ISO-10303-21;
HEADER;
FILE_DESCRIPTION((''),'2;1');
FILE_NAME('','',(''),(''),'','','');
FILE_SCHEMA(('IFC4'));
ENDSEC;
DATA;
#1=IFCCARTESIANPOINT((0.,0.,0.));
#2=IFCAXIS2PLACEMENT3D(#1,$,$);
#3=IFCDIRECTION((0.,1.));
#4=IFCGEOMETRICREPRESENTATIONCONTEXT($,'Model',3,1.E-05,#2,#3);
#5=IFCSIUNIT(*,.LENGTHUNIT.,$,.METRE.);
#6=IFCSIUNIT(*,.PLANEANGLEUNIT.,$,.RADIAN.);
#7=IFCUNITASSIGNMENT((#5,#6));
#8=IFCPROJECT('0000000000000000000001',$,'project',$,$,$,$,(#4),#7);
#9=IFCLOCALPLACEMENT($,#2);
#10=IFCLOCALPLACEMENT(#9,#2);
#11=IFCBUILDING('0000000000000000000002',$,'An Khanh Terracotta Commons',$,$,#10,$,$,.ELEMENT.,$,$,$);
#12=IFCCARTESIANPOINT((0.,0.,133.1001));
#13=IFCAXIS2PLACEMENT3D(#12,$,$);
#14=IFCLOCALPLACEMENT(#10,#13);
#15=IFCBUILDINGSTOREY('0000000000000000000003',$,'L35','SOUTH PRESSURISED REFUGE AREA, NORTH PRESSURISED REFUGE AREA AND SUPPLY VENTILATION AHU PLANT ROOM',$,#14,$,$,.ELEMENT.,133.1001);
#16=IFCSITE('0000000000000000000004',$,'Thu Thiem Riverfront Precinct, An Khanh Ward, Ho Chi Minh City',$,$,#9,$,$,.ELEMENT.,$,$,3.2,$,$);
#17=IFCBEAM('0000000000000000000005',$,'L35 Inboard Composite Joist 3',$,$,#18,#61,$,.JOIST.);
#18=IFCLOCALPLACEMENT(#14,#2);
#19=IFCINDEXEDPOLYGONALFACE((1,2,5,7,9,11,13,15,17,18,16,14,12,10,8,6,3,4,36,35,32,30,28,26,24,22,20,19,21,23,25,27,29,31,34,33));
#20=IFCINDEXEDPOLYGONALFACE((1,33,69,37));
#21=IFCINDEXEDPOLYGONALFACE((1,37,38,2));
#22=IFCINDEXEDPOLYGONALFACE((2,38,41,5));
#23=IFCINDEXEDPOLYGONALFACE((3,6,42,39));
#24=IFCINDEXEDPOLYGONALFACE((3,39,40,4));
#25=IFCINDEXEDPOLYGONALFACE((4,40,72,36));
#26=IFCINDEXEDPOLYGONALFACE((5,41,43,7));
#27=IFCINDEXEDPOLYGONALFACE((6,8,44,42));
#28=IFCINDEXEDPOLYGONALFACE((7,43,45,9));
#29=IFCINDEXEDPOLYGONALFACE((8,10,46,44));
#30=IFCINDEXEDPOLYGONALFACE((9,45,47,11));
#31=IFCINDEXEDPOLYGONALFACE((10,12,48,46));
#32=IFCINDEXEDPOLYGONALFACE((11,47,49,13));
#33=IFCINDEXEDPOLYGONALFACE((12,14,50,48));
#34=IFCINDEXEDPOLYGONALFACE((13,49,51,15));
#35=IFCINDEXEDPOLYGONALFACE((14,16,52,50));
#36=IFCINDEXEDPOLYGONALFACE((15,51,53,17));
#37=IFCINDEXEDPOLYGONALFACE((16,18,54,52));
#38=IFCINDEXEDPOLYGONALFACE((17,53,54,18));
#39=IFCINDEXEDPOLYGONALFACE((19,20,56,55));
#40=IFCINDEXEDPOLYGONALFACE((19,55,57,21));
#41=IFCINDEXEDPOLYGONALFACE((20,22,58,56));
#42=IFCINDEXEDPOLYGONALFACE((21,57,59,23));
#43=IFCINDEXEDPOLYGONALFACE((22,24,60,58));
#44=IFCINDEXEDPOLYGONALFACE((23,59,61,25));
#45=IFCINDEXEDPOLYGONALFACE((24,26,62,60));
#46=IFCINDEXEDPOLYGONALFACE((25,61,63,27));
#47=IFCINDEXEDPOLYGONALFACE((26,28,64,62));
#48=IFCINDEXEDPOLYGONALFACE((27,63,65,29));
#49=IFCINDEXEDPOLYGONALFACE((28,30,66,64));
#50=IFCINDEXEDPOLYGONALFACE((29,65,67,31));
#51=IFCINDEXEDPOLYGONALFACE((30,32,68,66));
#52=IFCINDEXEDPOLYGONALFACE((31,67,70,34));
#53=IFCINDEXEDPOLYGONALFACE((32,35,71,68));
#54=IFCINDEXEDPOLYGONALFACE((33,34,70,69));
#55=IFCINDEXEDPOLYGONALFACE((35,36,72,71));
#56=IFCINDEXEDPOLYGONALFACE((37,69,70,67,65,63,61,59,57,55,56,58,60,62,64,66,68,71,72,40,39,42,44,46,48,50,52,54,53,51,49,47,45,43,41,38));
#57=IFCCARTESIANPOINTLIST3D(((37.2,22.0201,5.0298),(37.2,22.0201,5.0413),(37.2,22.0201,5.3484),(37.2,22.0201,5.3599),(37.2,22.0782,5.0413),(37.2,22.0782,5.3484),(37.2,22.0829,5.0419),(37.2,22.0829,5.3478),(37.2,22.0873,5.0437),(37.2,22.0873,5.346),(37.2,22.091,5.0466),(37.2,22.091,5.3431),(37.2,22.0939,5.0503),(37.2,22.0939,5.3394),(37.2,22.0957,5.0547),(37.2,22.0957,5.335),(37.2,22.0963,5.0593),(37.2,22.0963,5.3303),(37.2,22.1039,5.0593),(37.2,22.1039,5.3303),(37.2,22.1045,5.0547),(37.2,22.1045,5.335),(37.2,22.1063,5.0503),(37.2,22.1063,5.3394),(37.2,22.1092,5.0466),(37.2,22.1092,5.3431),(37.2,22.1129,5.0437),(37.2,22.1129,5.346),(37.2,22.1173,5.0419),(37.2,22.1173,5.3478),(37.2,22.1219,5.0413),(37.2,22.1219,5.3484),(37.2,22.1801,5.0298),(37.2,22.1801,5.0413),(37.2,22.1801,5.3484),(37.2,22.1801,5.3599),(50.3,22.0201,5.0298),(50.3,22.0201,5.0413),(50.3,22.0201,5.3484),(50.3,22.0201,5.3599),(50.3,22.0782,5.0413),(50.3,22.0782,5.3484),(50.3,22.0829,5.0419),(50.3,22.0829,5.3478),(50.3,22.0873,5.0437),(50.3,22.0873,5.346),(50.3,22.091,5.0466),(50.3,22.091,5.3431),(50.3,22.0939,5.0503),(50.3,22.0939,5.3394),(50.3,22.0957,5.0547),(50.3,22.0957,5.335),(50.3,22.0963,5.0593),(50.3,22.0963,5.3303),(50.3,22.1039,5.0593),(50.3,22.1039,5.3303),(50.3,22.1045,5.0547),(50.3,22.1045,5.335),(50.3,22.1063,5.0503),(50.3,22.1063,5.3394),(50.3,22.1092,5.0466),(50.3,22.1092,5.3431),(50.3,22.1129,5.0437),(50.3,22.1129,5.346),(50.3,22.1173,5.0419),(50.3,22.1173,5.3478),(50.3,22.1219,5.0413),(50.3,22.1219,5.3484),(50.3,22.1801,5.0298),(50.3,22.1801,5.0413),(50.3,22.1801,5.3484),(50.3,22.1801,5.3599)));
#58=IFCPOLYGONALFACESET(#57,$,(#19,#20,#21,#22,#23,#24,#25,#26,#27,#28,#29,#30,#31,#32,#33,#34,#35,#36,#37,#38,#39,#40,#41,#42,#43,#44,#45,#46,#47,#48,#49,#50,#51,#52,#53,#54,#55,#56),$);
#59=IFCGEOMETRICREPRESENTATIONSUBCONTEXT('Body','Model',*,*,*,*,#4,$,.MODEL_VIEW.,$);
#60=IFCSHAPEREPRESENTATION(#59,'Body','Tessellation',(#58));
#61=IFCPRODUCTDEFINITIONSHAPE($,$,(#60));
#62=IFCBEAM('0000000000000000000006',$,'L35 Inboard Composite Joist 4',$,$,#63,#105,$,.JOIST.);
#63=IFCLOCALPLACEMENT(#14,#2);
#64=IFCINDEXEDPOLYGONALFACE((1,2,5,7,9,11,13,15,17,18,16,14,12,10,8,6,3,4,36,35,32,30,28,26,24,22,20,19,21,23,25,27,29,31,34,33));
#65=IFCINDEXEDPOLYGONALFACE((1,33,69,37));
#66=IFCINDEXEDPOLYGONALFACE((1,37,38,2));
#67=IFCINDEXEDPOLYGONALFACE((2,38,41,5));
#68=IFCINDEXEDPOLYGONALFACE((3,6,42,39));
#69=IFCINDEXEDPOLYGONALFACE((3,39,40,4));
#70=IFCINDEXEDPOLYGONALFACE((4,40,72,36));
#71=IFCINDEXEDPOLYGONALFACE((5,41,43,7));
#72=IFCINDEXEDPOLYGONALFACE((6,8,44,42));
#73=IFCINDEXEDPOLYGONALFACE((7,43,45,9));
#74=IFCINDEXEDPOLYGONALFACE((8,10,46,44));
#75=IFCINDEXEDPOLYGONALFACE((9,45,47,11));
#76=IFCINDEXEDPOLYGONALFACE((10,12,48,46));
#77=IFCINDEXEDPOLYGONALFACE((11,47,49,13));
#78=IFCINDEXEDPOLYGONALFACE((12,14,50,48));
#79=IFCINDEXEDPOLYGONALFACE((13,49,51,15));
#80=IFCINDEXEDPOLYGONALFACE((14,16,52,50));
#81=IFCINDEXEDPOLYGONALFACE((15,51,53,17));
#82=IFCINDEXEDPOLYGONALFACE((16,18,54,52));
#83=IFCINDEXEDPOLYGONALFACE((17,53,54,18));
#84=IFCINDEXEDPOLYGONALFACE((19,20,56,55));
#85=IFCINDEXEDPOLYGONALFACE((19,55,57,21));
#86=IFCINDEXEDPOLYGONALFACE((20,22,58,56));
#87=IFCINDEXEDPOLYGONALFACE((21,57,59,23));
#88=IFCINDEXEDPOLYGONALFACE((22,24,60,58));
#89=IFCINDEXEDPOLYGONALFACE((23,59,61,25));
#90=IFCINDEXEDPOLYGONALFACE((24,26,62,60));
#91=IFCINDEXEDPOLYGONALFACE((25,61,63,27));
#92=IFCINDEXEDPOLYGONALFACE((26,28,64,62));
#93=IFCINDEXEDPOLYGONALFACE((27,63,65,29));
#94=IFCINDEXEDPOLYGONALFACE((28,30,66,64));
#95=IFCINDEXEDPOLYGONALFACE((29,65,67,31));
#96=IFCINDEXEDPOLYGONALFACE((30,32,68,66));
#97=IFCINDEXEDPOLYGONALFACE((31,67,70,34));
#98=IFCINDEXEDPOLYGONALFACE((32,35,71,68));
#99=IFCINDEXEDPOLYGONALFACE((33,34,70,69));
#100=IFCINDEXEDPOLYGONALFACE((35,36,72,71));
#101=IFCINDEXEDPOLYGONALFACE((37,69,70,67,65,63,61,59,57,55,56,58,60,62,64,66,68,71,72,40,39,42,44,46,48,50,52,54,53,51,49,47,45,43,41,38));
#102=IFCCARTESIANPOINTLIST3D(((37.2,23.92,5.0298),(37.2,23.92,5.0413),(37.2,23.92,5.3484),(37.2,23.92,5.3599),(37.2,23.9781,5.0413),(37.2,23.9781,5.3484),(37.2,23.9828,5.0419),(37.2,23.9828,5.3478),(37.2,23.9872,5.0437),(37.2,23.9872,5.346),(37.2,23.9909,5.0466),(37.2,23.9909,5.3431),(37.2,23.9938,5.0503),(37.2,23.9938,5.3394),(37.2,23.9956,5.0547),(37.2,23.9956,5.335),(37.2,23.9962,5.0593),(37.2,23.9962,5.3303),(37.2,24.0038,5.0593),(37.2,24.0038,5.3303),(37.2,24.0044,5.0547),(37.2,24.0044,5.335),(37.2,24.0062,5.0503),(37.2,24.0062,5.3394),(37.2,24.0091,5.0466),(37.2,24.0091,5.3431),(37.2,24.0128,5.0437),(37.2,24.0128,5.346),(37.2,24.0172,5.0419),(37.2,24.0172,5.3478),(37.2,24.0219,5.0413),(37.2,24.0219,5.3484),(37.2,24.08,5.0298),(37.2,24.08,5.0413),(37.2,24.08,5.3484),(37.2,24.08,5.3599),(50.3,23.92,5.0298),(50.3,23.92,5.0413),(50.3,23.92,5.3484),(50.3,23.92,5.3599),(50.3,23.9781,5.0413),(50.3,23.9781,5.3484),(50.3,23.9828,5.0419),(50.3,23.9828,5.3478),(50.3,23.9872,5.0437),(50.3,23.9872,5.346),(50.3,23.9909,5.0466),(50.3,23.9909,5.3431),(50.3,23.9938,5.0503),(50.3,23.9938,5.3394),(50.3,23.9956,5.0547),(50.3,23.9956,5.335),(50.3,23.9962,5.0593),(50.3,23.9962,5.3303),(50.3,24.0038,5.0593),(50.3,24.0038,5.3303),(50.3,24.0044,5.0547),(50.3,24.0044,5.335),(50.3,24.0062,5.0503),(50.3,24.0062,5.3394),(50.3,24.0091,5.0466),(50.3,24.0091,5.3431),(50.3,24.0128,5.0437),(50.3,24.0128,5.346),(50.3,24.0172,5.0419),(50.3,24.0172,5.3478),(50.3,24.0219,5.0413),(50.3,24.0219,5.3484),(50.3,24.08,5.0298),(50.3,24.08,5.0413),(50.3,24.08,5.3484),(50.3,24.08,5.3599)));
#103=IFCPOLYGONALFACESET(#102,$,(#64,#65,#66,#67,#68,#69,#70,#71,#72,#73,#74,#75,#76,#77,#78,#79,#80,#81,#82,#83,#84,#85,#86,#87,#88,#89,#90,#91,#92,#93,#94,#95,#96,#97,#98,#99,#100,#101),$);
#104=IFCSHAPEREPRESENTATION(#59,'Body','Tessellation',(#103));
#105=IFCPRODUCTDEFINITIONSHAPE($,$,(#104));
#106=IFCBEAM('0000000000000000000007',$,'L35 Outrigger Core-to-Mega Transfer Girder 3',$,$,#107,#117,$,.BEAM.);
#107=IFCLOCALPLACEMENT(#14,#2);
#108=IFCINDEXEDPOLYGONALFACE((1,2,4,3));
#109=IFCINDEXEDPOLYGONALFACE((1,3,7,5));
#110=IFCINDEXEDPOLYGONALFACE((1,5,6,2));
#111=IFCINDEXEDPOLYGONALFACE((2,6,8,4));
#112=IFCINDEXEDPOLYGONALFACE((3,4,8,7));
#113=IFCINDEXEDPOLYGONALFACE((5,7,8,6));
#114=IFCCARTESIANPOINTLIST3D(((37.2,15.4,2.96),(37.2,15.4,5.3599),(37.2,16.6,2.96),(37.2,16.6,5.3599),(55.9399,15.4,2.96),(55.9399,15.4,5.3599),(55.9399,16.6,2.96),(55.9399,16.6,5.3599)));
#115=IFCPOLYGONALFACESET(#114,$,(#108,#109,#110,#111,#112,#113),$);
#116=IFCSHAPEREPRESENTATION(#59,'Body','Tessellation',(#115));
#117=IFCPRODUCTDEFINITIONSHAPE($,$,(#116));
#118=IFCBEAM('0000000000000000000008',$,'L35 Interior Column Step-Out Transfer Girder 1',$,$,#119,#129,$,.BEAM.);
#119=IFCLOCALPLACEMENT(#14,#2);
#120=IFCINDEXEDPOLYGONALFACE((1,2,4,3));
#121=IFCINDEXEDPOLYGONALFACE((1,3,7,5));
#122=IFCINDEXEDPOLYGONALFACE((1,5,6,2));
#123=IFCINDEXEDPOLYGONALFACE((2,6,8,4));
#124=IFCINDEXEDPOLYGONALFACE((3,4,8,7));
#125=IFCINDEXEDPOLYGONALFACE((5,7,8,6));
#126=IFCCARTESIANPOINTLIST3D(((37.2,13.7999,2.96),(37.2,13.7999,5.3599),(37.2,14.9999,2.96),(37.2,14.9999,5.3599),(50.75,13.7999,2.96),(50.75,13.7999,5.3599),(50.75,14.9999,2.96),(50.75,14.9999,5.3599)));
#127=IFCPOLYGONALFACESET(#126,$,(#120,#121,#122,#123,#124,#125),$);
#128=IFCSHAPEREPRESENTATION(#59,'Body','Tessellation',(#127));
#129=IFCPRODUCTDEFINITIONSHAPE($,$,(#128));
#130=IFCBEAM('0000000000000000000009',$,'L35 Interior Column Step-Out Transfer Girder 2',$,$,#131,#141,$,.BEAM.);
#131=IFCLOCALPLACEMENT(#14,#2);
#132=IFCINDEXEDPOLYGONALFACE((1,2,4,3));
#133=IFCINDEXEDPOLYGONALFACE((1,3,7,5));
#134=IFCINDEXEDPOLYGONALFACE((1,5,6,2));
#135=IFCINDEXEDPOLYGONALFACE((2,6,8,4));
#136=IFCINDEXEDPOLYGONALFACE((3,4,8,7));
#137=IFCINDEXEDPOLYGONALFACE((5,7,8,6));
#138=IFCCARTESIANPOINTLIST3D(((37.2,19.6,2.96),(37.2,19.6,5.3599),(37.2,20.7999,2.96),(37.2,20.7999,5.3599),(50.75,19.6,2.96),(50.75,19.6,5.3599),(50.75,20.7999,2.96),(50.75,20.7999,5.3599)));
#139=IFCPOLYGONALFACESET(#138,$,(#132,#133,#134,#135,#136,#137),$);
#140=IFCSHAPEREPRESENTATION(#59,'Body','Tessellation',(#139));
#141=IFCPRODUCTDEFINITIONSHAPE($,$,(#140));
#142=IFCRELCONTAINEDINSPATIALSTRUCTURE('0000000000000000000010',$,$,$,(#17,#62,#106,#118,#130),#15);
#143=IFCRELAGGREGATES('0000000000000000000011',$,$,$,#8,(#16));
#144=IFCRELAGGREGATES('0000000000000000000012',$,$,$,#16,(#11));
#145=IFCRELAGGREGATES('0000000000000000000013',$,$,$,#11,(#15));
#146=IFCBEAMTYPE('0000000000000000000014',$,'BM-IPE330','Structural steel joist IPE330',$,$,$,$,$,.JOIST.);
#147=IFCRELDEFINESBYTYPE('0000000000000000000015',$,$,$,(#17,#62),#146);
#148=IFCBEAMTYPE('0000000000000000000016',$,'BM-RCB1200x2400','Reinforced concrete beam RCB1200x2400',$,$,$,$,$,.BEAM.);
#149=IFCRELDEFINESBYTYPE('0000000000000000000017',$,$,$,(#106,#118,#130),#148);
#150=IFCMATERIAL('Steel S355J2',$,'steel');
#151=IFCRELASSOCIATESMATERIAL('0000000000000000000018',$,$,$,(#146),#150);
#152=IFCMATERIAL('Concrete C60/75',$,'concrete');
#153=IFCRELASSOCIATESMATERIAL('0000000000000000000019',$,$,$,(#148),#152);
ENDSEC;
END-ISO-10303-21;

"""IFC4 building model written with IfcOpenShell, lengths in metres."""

from ifc_helpers import new_model, si_unit, direction, frame, origin, origin_2d, place, context, subcontext, project, spatial, rectangle, i_section, extrude, material, material_profile, profile_set, type_object, element, save


model = new_model("IFC4")

# Units and contexts
model_context = context("Model", 3, precision=1e-05, world=origin(), true_north=direction((0.0, 1.0)))
body_context = subcontext(model_context, "Body", "Model", "MODEL_VIEW")
ifc_project = project(units=[si_unit("LENGTHUNIT", "METRE"), si_unit("PLANEANGLEUNIT", "RADIAN")], contexts=[model_context])

# Site, building, storey
site_placement = place(None, origin())
site = spatial("IfcSite", under=ifc_project, at=site_placement, Name="Thu Thiem Riverfront Precinct, An Khanh Ward, Ho Chi Minh City", CompositionType="ELEMENT", RefElevation=3.2)
building_placement = place(site_placement, origin())
building = spatial("IfcBuilding", under=site, at=building_placement, Name="An Khanh Terracotta Commons", CompositionType="ELEMENT")
storey_placement = place(building_placement, frame((0.0, 0.0, 133.1001)))
storey = spatial("IfcBuildingStorey", under=building, at=storey_placement, Name="L35", Description="SOUTH PRESSURISED REFUGE AREA, NORTH PRESSURISED REFUGE AREA AND SUPPLY VENTILATION AHU PLANT ROOM", CompositionType="ELEMENT", Elevation=133.1001)

# Beams
ifc_material_1 = material(Name="Steel S355J2", Category="steel")
ifc_material_profile_1 = material_profile(ifc_material_1, i_section(OverallWidth=0.1599, OverallDepth=0.3301, WebThickness=0.0076, FlangeThickness=0.0115, FilletRadius=0.0181, at=origin_2d()), Name="IPE330")
ifc_profile_set_1 = profile_set([ifc_material_profile_1], Name="Steel S355J2")
beam_type_1 = type_object("IfcBeamType", Name="BM-IPE330", Description="Structural steel joist IPE330", PredefinedType="JOIST", material=ifc_profile_set_1)
for number, where, z_axis, x_axis, name in (
    (1, (37.2, 22.1001, 5.1948), (1.0, 0.0, 0.0), (0.0, 1.0, 0.0), "L35 Inboard Composite Joist 3"),
    (2, (37.2, 24.0, 5.1948), (1.0, 0.0, 0.0), (0.0, 1.0, 0.0), "L35 Inboard Composite Joist 4"),
):
    element("IfcBeam", number, at=place(storey_placement, frame(where, z_axis=z_axis, x_axis=x_axis)), inside=storey, type_object=beam_type_1, Name=name, PredefinedType="JOIST", context=body_context, shape_type="SweptSolid", body=[
        extrude(i_section(OverallWidth=0.1599, OverallDepth=0.3301, WebThickness=0.0076, FlangeThickness=0.0115, FilletRadius=0.0181, at=origin_2d()), origin(), (0.0, 0.0, 1.0), 13.1001),
    ])
ifc_material_2 = material(Name="Concrete C60/75", Category="concrete")
ifc_material_profile_2 = material_profile(ifc_material_2, rectangle(XDim=1.2, YDim=2.3999, at=origin_2d()), Name="RCB1200x2400")
ifc_profile_set_2 = profile_set([ifc_material_profile_2], Name="Concrete C60/75")
beam_type_2 = type_object("IfcBeamType", Name="BM-RCB1200x2400", Description="Reinforced concrete beam RCB1200x2400", PredefinedType="BEAM", material=ifc_profile_set_2)
beam_1_placement = place(storey_placement, frame((37.2, 16.0, 4.1599), z_axis=(1.0, 0.0, 0.0), x_axis=(0.0, 1.0, 0.0)))
element("IfcBeam", 3, at=beam_1_placement, inside=storey, type_object=beam_type_2, Name="L35 Outrigger Core-to-Mega Transfer Girder 3", PredefinedType="BEAM", context=body_context, shape_type="SweptSolid", body=[
    extrude(rectangle(XDim=1.2, YDim=2.3999, at=origin_2d()), origin(), (0.0, 0.0, 1.0), 18.74),
])
for number, where, z_axis, x_axis, name in (
    (4, (37.2, 14.3999, 4.1599), (1.0, 0.0, 0.0), (0.0, 1.0, 0.0), "L35 Interior Column Step-Out Transfer Girder 1"),
    (5, (37.2, 20.2, 4.1599), (1.0, 0.0, 0.0), (0.0, 1.0, 0.0), "L35 Interior Column Step-Out Transfer Girder 2"),
):
    element("IfcBeam", number, at=place(storey_placement, frame(where, z_axis=z_axis, x_axis=x_axis)), inside=storey, type_object=beam_type_2, Name=name, PredefinedType="BEAM", context=body_context, shape_type="SweptSolid", body=[
        extrude(rectangle(XDim=1.2, YDim=2.3999, at=origin_2d()), origin(), (0.0, 0.0, 1.0), 13.55),
    ])

save(model, "model.ifc")
